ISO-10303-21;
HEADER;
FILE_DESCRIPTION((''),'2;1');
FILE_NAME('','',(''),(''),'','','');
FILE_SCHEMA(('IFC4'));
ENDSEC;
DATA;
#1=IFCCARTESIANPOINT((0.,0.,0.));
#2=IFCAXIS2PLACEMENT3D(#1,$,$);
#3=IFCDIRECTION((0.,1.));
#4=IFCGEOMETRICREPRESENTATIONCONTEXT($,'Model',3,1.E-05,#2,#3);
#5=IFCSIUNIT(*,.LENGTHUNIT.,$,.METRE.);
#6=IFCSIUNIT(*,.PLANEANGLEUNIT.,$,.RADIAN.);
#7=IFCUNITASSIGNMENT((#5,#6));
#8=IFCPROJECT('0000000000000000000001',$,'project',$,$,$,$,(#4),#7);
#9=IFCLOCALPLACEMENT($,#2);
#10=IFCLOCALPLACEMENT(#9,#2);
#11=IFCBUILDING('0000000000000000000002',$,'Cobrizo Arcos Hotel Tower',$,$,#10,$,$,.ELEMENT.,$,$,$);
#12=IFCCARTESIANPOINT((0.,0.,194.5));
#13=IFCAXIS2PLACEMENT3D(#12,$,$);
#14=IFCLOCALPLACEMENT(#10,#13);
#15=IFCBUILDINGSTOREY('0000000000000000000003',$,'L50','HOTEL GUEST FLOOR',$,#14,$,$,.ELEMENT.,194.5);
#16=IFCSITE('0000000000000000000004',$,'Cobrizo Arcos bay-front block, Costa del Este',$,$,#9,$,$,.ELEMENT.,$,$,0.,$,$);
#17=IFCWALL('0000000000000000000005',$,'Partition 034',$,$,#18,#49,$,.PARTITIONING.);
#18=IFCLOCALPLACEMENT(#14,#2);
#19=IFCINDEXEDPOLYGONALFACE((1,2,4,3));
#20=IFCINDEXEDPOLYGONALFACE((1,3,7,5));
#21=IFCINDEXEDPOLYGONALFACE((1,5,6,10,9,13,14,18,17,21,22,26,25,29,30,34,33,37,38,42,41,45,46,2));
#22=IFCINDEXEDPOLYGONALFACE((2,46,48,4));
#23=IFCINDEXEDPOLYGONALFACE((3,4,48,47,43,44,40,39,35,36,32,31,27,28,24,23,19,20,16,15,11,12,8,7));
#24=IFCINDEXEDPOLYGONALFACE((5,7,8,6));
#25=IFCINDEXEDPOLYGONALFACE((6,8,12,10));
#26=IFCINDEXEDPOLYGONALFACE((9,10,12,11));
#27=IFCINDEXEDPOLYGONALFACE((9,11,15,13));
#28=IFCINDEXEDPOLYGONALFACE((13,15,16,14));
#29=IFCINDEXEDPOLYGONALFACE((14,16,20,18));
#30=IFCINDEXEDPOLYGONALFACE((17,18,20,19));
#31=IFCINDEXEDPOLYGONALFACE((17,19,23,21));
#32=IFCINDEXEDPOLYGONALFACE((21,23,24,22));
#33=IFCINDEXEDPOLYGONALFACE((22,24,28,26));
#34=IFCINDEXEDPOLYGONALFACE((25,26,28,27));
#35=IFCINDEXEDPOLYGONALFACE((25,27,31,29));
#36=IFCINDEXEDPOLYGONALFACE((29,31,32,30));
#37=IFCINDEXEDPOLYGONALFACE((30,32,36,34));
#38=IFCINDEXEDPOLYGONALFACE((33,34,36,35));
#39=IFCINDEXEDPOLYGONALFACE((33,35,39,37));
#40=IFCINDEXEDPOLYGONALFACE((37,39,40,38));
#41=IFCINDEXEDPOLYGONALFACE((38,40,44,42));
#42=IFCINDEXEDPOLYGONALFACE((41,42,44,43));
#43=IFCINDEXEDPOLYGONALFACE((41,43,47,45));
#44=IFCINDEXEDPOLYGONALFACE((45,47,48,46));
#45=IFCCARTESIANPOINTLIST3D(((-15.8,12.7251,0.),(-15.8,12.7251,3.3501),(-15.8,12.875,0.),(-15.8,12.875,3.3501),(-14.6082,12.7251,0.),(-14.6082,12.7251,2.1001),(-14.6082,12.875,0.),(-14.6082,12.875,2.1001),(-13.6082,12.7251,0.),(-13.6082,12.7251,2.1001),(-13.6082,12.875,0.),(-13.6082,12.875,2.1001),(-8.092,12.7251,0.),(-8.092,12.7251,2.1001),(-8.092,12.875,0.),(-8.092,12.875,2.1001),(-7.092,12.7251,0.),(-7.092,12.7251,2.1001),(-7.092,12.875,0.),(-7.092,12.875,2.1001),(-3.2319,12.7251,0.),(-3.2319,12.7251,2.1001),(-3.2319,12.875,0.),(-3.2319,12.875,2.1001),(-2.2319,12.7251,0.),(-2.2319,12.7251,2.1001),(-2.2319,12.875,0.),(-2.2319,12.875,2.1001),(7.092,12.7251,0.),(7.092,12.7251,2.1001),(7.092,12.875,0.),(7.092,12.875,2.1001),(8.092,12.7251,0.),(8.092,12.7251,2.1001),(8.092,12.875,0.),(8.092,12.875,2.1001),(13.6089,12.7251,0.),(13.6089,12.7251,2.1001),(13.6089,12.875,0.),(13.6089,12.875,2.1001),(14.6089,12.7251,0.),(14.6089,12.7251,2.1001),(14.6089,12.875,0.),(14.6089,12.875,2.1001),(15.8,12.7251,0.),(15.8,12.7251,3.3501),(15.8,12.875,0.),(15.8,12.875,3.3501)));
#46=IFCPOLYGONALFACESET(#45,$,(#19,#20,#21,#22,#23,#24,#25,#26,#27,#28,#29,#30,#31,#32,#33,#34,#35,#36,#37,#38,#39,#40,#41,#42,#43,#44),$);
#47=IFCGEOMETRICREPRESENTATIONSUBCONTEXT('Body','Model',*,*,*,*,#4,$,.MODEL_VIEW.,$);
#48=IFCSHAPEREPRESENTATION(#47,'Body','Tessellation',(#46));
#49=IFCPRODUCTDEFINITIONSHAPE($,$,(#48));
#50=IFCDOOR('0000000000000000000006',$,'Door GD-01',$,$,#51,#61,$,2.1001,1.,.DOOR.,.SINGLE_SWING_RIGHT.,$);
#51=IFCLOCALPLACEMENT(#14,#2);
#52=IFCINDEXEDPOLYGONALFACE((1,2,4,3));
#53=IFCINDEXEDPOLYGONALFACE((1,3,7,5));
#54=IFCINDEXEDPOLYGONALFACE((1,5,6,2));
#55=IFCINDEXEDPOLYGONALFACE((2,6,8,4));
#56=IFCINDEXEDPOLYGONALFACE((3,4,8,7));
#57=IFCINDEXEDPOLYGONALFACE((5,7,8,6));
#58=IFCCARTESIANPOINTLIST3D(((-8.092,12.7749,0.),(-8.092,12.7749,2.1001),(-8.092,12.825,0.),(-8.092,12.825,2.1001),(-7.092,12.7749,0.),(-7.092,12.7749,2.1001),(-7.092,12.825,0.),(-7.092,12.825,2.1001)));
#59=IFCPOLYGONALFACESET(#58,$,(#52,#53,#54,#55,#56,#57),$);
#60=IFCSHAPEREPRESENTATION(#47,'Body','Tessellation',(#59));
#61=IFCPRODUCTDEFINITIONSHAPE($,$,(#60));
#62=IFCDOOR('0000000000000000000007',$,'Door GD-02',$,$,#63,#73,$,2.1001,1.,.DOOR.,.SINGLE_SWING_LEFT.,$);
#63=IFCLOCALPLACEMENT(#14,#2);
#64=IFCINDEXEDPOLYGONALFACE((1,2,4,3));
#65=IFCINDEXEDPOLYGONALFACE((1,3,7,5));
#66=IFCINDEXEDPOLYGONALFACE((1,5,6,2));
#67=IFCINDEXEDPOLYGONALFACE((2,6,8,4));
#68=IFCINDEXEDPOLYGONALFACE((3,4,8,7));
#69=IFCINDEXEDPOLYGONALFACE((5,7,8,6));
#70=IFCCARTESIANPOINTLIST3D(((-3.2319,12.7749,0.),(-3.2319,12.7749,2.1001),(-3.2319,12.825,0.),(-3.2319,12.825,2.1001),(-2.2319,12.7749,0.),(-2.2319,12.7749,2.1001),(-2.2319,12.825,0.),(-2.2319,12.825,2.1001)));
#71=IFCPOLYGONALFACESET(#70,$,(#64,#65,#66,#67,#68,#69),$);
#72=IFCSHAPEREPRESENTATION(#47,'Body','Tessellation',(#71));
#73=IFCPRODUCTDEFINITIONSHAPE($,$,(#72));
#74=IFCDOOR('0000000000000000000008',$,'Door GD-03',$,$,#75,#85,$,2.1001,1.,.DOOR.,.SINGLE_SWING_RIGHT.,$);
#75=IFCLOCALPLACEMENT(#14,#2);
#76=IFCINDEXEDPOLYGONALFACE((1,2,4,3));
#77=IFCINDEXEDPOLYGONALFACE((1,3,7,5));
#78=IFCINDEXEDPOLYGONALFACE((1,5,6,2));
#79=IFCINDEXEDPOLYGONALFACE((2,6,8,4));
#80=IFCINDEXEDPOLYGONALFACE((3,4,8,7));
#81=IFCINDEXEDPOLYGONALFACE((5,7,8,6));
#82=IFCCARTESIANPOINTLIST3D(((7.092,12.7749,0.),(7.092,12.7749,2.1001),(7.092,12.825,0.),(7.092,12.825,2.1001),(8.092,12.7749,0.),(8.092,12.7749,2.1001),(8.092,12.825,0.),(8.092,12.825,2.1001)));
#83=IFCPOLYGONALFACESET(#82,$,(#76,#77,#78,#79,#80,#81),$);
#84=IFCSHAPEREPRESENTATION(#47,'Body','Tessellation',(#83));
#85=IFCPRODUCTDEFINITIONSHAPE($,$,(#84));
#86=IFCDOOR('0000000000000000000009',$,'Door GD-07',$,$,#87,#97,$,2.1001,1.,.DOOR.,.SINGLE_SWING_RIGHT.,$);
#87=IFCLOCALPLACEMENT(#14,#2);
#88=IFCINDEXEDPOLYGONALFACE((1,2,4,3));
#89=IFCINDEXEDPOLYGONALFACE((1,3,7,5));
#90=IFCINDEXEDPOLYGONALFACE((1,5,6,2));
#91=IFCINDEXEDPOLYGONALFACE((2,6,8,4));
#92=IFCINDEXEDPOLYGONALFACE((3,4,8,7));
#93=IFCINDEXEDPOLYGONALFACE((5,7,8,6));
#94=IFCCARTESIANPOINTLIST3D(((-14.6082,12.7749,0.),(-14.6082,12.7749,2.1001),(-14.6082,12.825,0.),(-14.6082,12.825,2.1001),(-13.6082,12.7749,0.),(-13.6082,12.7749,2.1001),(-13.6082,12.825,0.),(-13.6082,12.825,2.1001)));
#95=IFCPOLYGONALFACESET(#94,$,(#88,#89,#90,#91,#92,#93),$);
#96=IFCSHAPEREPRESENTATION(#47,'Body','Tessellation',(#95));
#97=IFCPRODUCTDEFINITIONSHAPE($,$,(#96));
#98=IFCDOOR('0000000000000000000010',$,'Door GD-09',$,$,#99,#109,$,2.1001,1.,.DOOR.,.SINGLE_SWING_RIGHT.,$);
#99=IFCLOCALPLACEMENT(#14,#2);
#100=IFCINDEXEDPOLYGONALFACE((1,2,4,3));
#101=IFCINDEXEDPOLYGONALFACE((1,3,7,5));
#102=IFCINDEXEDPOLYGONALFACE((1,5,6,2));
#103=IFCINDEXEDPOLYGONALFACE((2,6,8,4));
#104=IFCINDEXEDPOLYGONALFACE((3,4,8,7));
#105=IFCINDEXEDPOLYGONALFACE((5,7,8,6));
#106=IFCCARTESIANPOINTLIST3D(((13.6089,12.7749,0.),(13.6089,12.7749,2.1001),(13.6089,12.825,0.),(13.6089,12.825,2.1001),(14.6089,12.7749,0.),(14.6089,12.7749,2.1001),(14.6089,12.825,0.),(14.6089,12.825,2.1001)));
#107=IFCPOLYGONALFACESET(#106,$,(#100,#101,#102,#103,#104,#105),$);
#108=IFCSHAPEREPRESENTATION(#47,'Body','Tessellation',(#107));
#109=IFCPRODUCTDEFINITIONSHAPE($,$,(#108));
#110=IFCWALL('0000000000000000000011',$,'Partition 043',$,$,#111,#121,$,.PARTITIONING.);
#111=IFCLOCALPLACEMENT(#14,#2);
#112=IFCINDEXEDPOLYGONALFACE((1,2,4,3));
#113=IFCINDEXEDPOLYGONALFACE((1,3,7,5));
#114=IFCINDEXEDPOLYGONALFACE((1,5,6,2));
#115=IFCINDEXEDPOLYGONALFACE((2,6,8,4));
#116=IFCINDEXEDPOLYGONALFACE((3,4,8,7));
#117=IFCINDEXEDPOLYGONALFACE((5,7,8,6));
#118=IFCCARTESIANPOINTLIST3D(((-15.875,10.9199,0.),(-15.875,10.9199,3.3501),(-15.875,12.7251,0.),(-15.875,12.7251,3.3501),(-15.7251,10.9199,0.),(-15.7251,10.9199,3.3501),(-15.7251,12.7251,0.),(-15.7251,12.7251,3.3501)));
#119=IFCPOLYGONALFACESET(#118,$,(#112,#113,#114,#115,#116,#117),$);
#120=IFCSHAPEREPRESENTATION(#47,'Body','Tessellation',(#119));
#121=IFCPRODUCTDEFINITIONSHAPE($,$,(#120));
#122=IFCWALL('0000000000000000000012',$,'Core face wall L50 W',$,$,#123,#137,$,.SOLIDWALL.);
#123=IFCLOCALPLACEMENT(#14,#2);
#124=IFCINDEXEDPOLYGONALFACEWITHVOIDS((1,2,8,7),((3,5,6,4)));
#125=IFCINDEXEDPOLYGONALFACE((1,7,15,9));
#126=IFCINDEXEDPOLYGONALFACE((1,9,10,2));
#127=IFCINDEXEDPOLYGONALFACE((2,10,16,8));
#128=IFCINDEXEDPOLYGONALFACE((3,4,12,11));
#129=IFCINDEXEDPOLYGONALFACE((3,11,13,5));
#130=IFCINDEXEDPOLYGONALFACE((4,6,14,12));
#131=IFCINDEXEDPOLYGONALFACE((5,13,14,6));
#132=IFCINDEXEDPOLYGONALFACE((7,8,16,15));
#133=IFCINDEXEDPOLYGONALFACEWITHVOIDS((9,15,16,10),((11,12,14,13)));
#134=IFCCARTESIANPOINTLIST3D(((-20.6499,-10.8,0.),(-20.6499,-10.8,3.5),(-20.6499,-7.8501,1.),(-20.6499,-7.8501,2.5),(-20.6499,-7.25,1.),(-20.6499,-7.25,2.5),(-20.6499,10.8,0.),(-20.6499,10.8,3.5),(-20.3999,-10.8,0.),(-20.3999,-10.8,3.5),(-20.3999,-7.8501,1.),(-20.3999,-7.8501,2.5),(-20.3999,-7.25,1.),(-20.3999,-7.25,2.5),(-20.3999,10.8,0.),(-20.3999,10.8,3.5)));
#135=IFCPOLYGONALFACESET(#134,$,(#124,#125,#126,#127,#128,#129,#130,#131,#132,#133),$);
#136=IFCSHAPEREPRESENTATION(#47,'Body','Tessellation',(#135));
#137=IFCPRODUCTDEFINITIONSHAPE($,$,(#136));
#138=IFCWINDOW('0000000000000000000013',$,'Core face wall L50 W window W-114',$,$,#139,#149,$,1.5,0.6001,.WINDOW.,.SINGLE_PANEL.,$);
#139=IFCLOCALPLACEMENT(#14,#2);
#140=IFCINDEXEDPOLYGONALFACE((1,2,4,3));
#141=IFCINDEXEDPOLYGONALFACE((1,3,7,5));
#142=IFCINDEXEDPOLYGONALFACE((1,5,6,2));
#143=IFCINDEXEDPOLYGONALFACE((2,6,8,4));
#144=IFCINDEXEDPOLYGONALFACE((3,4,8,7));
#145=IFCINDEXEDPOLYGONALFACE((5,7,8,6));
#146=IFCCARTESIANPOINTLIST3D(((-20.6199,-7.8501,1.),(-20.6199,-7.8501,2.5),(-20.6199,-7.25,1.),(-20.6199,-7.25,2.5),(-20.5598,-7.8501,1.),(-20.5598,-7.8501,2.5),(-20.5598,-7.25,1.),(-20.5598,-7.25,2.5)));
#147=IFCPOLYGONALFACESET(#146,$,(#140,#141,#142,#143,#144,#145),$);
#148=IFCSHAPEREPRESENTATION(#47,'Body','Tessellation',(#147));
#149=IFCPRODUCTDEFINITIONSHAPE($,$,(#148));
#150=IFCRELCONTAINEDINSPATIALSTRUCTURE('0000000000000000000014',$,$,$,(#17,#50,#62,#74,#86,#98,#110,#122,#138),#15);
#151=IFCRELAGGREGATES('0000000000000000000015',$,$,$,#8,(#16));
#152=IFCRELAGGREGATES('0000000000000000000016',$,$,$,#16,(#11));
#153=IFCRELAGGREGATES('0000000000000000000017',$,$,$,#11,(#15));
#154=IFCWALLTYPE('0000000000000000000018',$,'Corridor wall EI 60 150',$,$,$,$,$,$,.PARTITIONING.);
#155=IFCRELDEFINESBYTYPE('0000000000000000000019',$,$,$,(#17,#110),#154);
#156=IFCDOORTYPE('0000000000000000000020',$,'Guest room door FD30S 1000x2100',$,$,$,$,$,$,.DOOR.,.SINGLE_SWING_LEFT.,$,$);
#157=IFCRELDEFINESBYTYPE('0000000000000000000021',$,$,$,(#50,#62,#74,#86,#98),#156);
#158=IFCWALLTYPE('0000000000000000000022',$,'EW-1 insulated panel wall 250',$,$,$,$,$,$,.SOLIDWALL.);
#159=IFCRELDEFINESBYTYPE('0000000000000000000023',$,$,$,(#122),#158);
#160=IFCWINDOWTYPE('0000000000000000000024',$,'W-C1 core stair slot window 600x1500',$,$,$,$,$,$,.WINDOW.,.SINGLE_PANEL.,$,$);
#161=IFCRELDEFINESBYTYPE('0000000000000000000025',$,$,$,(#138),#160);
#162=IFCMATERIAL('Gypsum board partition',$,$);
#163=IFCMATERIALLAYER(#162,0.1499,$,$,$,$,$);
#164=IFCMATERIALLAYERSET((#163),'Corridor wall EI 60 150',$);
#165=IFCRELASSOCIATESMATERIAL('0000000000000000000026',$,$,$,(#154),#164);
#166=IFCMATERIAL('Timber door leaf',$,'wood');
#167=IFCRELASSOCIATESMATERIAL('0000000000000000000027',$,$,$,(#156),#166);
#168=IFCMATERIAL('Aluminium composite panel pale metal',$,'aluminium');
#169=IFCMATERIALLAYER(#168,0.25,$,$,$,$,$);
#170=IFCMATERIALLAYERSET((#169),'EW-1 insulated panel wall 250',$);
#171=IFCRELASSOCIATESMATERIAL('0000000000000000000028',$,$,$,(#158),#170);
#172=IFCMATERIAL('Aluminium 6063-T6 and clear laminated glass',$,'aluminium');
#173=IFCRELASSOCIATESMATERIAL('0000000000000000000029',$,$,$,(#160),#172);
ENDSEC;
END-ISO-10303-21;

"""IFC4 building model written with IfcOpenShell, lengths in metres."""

from ifc_helpers import new_model, si_unit, direction, frame, frame_2d, origin, place, context, subcontext, project, spatial, rectangle, extrude, material, layer, layer_set, type_object, element, fill, save


model = new_model("IFC4")

# Units and contexts
model_context = context("Model", 3, precision=1e-05, world=origin(), true_north=direction((0.0, 1.0)))
body_context = subcontext(model_context, "Body", "Model", "MODEL_VIEW")
ifc_project = project(units=[si_unit("LENGTHUNIT", "METRE"), si_unit("PLANEANGLEUNIT", "RADIAN")], contexts=[model_context])

# Site, building, storey
site_placement = place(None, origin())
site = spatial("IfcSite", under=ifc_project, at=site_placement, Name="Cobrizo Arcos bay-front block, Costa del Este", CompositionType="ELEMENT", RefElevation=0.0)
building_placement = place(site_placement, origin())
building = spatial("IfcBuilding", under=site, at=building_placement, Name="Cobrizo Arcos Hotel Tower", CompositionType="ELEMENT")
storey_placement = place(building_placement, frame((0.0, 0.0, 194.5)))
storey = spatial("IfcBuildingStorey", under=building, at=storey_placement, Name="L50", Description="HOTEL GUEST FLOOR", CompositionType="ELEMENT", Elevation=194.5)

# Shared definitions
ifc_material_1 = material(Name="Aluminium composite panel pale metal", Category="aluminium")

# Wall, openings, doors
ifc_material_2 = material(Name="Gypsum board partition")
ifc_layer_1 = layer(ifc_material_2, 0.1499)
ifc_layer_set_1 = layer_set([ifc_layer_1], Name="Corridor wall EI 60 150")
wall_type_1 = type_object("IfcWallType", Name="Corridor wall EI 60 150", PredefinedType="PARTITIONING", material=ifc_layer_set_1)
wall_1_placement = place(storey_placement, frame((-15.8, 12.8, 0.0), z_axis=(0.0, 0.0, 1.0), x_axis=(1.0, 0.0, 0.0)))
wall_1 = element("IfcWall", 1, at=wall_1_placement, inside=storey, type_object=wall_type_1, Name="Partition 034", PredefinedType="PARTITIONING", context=body_context, shape_type="SweptSolid", body=[
    extrude(rectangle(XDim=31.6001, YDim=0.1499, at=frame_2d((15.8, 0.0))), origin(), (0.0, 0.0, 1.0), 3.3501),
])
opening_1_placement = place(wall_1_placement, frame((7.708, 0.0, 0.0)))
opening_1 = element("IfcOpeningElement", 2, at=opening_1_placement, cuts=wall_1, PredefinedType="OPENING", context=body_context, shape_type="SweptSolid", body=[
    extrude(rectangle(XDim=1.0, YDim=2.1001, at=frame_2d((0.5, 1.05))), frame((0.0, 0.0869, 0.0), z_axis=(0.0, -1.0, 0.0), x_axis=(1.0, 0.0, 0.0)), (0.0, 0.0, 1.0), 0.1738),
])
opening_2_placement = place(wall_1_placement, frame((12.5681, 0.0, 0.0)))
opening_2 = element("IfcOpeningElement", 3, at=opening_2_placement, cuts=wall_1, PredefinedType="OPENING", context=body_context, shape_type="SweptSolid", body=[
    extrude(rectangle(XDim=1.0, YDim=2.1001, at=frame_2d((0.5, 1.05))), frame((0.0, 0.0869, 0.0), z_axis=(0.0, -1.0, 0.0), x_axis=(1.0, 0.0, 0.0)), (0.0, 0.0, 1.0), 0.1738),
])
opening_3_placement = place(wall_1_placement, frame((22.8921, 0.0, 0.0)))
opening_3 = element("IfcOpeningElement", 4, at=opening_3_placement, cuts=wall_1, PredefinedType="OPENING", context=body_context, shape_type="SweptSolid", body=[
    extrude(rectangle(XDim=1.0, YDim=2.1001, at=frame_2d((0.5, 1.05))), frame((0.0, 0.0869, 0.0), z_axis=(0.0, -1.0, 0.0), x_axis=(1.0, 0.0, 0.0)), (0.0, 0.0, 1.0), 0.1738),
])
opening_4_placement = place(wall_1_placement, frame((1.1919, 0.0, 0.0)))
opening_4 = element("IfcOpeningElement", 5, at=opening_4_placement, cuts=wall_1, PredefinedType="OPENING", context=body_context, shape_type="SweptSolid", body=[
    extrude(rectangle(XDim=1.0, YDim=2.1001, at=frame_2d((0.5, 1.05))), frame((0.0, 0.0869, 0.0), z_axis=(0.0, -1.0, 0.0), x_axis=(1.0, 0.0, 0.0)), (0.0, 0.0, 1.0), 0.1738),
])
opening_5_placement = place(wall_1_placement, frame((29.4089, 0.0, 0.0)))
opening_5 = element("IfcOpeningElement", 6, at=opening_5_placement, cuts=wall_1, PredefinedType="OPENING", context=body_context, shape_type="SweptSolid", body=[
    extrude(rectangle(XDim=1.0, YDim=2.1001, at=frame_2d((0.5, 1.05))), frame((0.0, 0.0869, 0.0), z_axis=(0.0, -1.0, 0.0), x_axis=(1.0, 0.0, 0.0)), (0.0, 0.0, 1.0), 0.1738),
])
ifc_material_3 = material(Name="Timber door leaf", Category="wood")
door_type_1 = type_object("IfcDoorType", Name="Guest room door FD30S 1000x2100", OperationType="SINGLE_SWING_LEFT", PredefinedType="DOOR", material=ifc_material_3)
door_1_placement = place(opening_1_placement, origin())
door_1 = element("IfcDoor", 7, at=door_1_placement, inside=storey, type_object=door_type_1, Name="Door GD-01", OperationType="SINGLE_SWING_RIGHT", OverallHeight=2.1001, OverallWidth=1.0, PredefinedType="DOOR", context=body_context, shape_type="SweptSolid", body=[
    extrude(rectangle(XDim=1.0, YDim=2.1001, at=frame_2d((0.5, 1.05))), frame((0.0, 0.0249, 0.0), z_axis=(0.0, -1.0, 0.0), x_axis=(1.0, 0.0, 0.0)), (0.0, 0.0, 1.0), 0.05),
])
fill(opening_1, door_1)
door_2_placement = place(opening_2_placement, origin())
door_2 = element("IfcDoor", 8, at=door_2_placement, inside=storey, type_object=door_type_1, Name="Door GD-02", OperationType="SINGLE_SWING_LEFT", OverallHeight=2.1001, OverallWidth=1.0, PredefinedType="DOOR", context=body_context, shape_type="SweptSolid", body=[
    extrude(rectangle(XDim=1.0, YDim=2.1001, at=frame_2d((0.5, 1.05))), frame((0.0, 0.0249, 0.0), z_axis=(0.0, -1.0, 0.0), x_axis=(1.0, 0.0, 0.0)), (0.0, 0.0, 1.0), 0.05),
])
fill(opening_2, door_2)
door_3_placement = place(opening_3_placement, origin())
door_3 = element("IfcDoor", 9, at=door_3_placement, inside=storey, type_object=door_type_1, Name="Door GD-03", OperationType="SINGLE_SWING_RIGHT", OverallHeight=2.1001, OverallWidth=1.0, PredefinedType="DOOR", context=body_context, shape_type="SweptSolid", body=[
    extrude(rectangle(XDim=1.0, YDim=2.1001, at=frame_2d((0.5, 1.05))), frame((0.0, 0.0249, 0.0), z_axis=(0.0, -1.0, 0.0), x_axis=(1.0, 0.0, 0.0)), (0.0, 0.0, 1.0), 0.05),
])
fill(opening_3, door_3)
door_4_placement = place(opening_4_placement, origin())
door_4 = element("IfcDoor", 10, at=door_4_placement, inside=storey, type_object=door_type_1, Name="Door GD-07", OperationType="SINGLE_SWING_RIGHT", OverallHeight=2.1001, OverallWidth=1.0, PredefinedType="DOOR", context=body_context, shape_type="SweptSolid", body=[
    extrude(rectangle(XDim=1.0, YDim=2.1001, at=frame_2d((0.5, 1.05))), frame((0.0, 0.0249, 0.0), z_axis=(0.0, -1.0, 0.0), x_axis=(1.0, 0.0, 0.0)), (0.0, 0.0, 1.0), 0.05),
])
fill(opening_4, door_4)
door_5_placement = place(opening_5_placement, origin())
door_5 = element("IfcDoor", 11, at=door_5_placement, inside=storey, type_object=door_type_1, Name="Door GD-09", OperationType="SINGLE_SWING_RIGHT", OverallHeight=2.1001, OverallWidth=1.0, PredefinedType="DOOR", context=body_context, shape_type="SweptSolid", body=[
    extrude(rectangle(XDim=1.0, YDim=2.1001, at=frame_2d((0.5, 1.05))), frame((0.0, 0.0249, 0.0), z_axis=(0.0, -1.0, 0.0), x_axis=(1.0, 0.0, 0.0)), (0.0, 0.0, 1.0), 0.05),
])
fill(opening_5, door_5)

# Wall
wall_2_placement = place(storey_placement, frame((-15.8, 10.9199, 0.0), z_axis=(0.0, 0.0, 1.0), x_axis=(0.0, 1.0, 0.0)))
element("IfcWall", 12, at=wall_2_placement, inside=storey, type_object=wall_type_1, Name="Partition 043", PredefinedType="PARTITIONING", context=body_context, shape_type="SweptSolid", body=[
    extrude(rectangle(XDim=1.8052, YDim=0.1499, at=frame_2d((0.9026, 0.0))), origin(), (0.0, 0.0, 1.0), 3.3501),
])

# Wall, opening, window
ifc_layer_2 = layer(ifc_material_1, 0.25)
ifc_layer_set_2 = layer_set([ifc_layer_2], Name="EW-1 insulated panel wall 250")
wall_type_2 = type_object("IfcWallType", Name="EW-1 insulated panel wall 250", PredefinedType="SOLIDWALL", material=ifc_layer_set_2)
wall_3_placement = place(storey_placement, frame((-20.5249, 10.8, 0.0), z_axis=(0.0, 0.0, 1.0), x_axis=(0.0, -1.0, 0.0)))
wall_3 = element("IfcWall", 13, at=wall_3_placement, inside=storey, type_object=wall_type_2, Name="Core face wall L50 W", PredefinedType="SOLIDWALL", context=body_context, shape_type="SweptSolid", body=[
    extrude(rectangle(XDim=21.6001, YDim=0.25, at=frame_2d((10.8, 0.0))), origin(), (0.0, 0.0, 1.0), 3.5),
])
opening_6_placement = place(wall_3_placement, frame((18.05, 0.0, 1.0)))
opening_6 = element("IfcOpeningElement", 14, at=opening_6_placement, cuts=wall_3, PredefinedType="OPENING", context=body_context, shape_type="SweptSolid", body=[
    extrude(rectangle(XDim=0.6001, YDim=1.5, at=frame_2d((0.3, 0.75))), frame((0.0, 0.137, 0.0), z_axis=(0.0, -1.0, 0.0), x_axis=(1.0, 0.0, 0.0)), (0.0, 0.0, 1.0), 0.2739),
])
ifc_material_4 = material(Name="Aluminium 6063-T6 and clear laminated glass", Category="aluminium")
window_type = type_object("IfcWindowType", Name="W-C1 core stair slot window 600x1500", PartitioningType="SINGLE_PANEL", PredefinedType="WINDOW", material=ifc_material_4)
window_placement = place(opening_6_placement, origin())
window = element("IfcWindow", 15, at=window_placement, inside=storey, type_object=window_type, Name="Core face wall L50 W window W-114", OverallHeight=1.5, OverallWidth=0.6001, PartitioningType="SINGLE_PANEL", PredefinedType="WINDOW", context=body_context, shape_type="SweptSolid", body=[
    extrude(rectangle(XDim=0.6001, YDim=1.5, at=frame_2d((0.3, 0.75))), frame((0.0, -0.0349, 0.0), z_axis=(0.0, -1.0, 0.0), x_axis=(1.0, 0.0, 0.0)), (0.0, 0.0, 1.0), 0.0601),
])
fill(opening_6, window)

save(model, "model.ifc")
